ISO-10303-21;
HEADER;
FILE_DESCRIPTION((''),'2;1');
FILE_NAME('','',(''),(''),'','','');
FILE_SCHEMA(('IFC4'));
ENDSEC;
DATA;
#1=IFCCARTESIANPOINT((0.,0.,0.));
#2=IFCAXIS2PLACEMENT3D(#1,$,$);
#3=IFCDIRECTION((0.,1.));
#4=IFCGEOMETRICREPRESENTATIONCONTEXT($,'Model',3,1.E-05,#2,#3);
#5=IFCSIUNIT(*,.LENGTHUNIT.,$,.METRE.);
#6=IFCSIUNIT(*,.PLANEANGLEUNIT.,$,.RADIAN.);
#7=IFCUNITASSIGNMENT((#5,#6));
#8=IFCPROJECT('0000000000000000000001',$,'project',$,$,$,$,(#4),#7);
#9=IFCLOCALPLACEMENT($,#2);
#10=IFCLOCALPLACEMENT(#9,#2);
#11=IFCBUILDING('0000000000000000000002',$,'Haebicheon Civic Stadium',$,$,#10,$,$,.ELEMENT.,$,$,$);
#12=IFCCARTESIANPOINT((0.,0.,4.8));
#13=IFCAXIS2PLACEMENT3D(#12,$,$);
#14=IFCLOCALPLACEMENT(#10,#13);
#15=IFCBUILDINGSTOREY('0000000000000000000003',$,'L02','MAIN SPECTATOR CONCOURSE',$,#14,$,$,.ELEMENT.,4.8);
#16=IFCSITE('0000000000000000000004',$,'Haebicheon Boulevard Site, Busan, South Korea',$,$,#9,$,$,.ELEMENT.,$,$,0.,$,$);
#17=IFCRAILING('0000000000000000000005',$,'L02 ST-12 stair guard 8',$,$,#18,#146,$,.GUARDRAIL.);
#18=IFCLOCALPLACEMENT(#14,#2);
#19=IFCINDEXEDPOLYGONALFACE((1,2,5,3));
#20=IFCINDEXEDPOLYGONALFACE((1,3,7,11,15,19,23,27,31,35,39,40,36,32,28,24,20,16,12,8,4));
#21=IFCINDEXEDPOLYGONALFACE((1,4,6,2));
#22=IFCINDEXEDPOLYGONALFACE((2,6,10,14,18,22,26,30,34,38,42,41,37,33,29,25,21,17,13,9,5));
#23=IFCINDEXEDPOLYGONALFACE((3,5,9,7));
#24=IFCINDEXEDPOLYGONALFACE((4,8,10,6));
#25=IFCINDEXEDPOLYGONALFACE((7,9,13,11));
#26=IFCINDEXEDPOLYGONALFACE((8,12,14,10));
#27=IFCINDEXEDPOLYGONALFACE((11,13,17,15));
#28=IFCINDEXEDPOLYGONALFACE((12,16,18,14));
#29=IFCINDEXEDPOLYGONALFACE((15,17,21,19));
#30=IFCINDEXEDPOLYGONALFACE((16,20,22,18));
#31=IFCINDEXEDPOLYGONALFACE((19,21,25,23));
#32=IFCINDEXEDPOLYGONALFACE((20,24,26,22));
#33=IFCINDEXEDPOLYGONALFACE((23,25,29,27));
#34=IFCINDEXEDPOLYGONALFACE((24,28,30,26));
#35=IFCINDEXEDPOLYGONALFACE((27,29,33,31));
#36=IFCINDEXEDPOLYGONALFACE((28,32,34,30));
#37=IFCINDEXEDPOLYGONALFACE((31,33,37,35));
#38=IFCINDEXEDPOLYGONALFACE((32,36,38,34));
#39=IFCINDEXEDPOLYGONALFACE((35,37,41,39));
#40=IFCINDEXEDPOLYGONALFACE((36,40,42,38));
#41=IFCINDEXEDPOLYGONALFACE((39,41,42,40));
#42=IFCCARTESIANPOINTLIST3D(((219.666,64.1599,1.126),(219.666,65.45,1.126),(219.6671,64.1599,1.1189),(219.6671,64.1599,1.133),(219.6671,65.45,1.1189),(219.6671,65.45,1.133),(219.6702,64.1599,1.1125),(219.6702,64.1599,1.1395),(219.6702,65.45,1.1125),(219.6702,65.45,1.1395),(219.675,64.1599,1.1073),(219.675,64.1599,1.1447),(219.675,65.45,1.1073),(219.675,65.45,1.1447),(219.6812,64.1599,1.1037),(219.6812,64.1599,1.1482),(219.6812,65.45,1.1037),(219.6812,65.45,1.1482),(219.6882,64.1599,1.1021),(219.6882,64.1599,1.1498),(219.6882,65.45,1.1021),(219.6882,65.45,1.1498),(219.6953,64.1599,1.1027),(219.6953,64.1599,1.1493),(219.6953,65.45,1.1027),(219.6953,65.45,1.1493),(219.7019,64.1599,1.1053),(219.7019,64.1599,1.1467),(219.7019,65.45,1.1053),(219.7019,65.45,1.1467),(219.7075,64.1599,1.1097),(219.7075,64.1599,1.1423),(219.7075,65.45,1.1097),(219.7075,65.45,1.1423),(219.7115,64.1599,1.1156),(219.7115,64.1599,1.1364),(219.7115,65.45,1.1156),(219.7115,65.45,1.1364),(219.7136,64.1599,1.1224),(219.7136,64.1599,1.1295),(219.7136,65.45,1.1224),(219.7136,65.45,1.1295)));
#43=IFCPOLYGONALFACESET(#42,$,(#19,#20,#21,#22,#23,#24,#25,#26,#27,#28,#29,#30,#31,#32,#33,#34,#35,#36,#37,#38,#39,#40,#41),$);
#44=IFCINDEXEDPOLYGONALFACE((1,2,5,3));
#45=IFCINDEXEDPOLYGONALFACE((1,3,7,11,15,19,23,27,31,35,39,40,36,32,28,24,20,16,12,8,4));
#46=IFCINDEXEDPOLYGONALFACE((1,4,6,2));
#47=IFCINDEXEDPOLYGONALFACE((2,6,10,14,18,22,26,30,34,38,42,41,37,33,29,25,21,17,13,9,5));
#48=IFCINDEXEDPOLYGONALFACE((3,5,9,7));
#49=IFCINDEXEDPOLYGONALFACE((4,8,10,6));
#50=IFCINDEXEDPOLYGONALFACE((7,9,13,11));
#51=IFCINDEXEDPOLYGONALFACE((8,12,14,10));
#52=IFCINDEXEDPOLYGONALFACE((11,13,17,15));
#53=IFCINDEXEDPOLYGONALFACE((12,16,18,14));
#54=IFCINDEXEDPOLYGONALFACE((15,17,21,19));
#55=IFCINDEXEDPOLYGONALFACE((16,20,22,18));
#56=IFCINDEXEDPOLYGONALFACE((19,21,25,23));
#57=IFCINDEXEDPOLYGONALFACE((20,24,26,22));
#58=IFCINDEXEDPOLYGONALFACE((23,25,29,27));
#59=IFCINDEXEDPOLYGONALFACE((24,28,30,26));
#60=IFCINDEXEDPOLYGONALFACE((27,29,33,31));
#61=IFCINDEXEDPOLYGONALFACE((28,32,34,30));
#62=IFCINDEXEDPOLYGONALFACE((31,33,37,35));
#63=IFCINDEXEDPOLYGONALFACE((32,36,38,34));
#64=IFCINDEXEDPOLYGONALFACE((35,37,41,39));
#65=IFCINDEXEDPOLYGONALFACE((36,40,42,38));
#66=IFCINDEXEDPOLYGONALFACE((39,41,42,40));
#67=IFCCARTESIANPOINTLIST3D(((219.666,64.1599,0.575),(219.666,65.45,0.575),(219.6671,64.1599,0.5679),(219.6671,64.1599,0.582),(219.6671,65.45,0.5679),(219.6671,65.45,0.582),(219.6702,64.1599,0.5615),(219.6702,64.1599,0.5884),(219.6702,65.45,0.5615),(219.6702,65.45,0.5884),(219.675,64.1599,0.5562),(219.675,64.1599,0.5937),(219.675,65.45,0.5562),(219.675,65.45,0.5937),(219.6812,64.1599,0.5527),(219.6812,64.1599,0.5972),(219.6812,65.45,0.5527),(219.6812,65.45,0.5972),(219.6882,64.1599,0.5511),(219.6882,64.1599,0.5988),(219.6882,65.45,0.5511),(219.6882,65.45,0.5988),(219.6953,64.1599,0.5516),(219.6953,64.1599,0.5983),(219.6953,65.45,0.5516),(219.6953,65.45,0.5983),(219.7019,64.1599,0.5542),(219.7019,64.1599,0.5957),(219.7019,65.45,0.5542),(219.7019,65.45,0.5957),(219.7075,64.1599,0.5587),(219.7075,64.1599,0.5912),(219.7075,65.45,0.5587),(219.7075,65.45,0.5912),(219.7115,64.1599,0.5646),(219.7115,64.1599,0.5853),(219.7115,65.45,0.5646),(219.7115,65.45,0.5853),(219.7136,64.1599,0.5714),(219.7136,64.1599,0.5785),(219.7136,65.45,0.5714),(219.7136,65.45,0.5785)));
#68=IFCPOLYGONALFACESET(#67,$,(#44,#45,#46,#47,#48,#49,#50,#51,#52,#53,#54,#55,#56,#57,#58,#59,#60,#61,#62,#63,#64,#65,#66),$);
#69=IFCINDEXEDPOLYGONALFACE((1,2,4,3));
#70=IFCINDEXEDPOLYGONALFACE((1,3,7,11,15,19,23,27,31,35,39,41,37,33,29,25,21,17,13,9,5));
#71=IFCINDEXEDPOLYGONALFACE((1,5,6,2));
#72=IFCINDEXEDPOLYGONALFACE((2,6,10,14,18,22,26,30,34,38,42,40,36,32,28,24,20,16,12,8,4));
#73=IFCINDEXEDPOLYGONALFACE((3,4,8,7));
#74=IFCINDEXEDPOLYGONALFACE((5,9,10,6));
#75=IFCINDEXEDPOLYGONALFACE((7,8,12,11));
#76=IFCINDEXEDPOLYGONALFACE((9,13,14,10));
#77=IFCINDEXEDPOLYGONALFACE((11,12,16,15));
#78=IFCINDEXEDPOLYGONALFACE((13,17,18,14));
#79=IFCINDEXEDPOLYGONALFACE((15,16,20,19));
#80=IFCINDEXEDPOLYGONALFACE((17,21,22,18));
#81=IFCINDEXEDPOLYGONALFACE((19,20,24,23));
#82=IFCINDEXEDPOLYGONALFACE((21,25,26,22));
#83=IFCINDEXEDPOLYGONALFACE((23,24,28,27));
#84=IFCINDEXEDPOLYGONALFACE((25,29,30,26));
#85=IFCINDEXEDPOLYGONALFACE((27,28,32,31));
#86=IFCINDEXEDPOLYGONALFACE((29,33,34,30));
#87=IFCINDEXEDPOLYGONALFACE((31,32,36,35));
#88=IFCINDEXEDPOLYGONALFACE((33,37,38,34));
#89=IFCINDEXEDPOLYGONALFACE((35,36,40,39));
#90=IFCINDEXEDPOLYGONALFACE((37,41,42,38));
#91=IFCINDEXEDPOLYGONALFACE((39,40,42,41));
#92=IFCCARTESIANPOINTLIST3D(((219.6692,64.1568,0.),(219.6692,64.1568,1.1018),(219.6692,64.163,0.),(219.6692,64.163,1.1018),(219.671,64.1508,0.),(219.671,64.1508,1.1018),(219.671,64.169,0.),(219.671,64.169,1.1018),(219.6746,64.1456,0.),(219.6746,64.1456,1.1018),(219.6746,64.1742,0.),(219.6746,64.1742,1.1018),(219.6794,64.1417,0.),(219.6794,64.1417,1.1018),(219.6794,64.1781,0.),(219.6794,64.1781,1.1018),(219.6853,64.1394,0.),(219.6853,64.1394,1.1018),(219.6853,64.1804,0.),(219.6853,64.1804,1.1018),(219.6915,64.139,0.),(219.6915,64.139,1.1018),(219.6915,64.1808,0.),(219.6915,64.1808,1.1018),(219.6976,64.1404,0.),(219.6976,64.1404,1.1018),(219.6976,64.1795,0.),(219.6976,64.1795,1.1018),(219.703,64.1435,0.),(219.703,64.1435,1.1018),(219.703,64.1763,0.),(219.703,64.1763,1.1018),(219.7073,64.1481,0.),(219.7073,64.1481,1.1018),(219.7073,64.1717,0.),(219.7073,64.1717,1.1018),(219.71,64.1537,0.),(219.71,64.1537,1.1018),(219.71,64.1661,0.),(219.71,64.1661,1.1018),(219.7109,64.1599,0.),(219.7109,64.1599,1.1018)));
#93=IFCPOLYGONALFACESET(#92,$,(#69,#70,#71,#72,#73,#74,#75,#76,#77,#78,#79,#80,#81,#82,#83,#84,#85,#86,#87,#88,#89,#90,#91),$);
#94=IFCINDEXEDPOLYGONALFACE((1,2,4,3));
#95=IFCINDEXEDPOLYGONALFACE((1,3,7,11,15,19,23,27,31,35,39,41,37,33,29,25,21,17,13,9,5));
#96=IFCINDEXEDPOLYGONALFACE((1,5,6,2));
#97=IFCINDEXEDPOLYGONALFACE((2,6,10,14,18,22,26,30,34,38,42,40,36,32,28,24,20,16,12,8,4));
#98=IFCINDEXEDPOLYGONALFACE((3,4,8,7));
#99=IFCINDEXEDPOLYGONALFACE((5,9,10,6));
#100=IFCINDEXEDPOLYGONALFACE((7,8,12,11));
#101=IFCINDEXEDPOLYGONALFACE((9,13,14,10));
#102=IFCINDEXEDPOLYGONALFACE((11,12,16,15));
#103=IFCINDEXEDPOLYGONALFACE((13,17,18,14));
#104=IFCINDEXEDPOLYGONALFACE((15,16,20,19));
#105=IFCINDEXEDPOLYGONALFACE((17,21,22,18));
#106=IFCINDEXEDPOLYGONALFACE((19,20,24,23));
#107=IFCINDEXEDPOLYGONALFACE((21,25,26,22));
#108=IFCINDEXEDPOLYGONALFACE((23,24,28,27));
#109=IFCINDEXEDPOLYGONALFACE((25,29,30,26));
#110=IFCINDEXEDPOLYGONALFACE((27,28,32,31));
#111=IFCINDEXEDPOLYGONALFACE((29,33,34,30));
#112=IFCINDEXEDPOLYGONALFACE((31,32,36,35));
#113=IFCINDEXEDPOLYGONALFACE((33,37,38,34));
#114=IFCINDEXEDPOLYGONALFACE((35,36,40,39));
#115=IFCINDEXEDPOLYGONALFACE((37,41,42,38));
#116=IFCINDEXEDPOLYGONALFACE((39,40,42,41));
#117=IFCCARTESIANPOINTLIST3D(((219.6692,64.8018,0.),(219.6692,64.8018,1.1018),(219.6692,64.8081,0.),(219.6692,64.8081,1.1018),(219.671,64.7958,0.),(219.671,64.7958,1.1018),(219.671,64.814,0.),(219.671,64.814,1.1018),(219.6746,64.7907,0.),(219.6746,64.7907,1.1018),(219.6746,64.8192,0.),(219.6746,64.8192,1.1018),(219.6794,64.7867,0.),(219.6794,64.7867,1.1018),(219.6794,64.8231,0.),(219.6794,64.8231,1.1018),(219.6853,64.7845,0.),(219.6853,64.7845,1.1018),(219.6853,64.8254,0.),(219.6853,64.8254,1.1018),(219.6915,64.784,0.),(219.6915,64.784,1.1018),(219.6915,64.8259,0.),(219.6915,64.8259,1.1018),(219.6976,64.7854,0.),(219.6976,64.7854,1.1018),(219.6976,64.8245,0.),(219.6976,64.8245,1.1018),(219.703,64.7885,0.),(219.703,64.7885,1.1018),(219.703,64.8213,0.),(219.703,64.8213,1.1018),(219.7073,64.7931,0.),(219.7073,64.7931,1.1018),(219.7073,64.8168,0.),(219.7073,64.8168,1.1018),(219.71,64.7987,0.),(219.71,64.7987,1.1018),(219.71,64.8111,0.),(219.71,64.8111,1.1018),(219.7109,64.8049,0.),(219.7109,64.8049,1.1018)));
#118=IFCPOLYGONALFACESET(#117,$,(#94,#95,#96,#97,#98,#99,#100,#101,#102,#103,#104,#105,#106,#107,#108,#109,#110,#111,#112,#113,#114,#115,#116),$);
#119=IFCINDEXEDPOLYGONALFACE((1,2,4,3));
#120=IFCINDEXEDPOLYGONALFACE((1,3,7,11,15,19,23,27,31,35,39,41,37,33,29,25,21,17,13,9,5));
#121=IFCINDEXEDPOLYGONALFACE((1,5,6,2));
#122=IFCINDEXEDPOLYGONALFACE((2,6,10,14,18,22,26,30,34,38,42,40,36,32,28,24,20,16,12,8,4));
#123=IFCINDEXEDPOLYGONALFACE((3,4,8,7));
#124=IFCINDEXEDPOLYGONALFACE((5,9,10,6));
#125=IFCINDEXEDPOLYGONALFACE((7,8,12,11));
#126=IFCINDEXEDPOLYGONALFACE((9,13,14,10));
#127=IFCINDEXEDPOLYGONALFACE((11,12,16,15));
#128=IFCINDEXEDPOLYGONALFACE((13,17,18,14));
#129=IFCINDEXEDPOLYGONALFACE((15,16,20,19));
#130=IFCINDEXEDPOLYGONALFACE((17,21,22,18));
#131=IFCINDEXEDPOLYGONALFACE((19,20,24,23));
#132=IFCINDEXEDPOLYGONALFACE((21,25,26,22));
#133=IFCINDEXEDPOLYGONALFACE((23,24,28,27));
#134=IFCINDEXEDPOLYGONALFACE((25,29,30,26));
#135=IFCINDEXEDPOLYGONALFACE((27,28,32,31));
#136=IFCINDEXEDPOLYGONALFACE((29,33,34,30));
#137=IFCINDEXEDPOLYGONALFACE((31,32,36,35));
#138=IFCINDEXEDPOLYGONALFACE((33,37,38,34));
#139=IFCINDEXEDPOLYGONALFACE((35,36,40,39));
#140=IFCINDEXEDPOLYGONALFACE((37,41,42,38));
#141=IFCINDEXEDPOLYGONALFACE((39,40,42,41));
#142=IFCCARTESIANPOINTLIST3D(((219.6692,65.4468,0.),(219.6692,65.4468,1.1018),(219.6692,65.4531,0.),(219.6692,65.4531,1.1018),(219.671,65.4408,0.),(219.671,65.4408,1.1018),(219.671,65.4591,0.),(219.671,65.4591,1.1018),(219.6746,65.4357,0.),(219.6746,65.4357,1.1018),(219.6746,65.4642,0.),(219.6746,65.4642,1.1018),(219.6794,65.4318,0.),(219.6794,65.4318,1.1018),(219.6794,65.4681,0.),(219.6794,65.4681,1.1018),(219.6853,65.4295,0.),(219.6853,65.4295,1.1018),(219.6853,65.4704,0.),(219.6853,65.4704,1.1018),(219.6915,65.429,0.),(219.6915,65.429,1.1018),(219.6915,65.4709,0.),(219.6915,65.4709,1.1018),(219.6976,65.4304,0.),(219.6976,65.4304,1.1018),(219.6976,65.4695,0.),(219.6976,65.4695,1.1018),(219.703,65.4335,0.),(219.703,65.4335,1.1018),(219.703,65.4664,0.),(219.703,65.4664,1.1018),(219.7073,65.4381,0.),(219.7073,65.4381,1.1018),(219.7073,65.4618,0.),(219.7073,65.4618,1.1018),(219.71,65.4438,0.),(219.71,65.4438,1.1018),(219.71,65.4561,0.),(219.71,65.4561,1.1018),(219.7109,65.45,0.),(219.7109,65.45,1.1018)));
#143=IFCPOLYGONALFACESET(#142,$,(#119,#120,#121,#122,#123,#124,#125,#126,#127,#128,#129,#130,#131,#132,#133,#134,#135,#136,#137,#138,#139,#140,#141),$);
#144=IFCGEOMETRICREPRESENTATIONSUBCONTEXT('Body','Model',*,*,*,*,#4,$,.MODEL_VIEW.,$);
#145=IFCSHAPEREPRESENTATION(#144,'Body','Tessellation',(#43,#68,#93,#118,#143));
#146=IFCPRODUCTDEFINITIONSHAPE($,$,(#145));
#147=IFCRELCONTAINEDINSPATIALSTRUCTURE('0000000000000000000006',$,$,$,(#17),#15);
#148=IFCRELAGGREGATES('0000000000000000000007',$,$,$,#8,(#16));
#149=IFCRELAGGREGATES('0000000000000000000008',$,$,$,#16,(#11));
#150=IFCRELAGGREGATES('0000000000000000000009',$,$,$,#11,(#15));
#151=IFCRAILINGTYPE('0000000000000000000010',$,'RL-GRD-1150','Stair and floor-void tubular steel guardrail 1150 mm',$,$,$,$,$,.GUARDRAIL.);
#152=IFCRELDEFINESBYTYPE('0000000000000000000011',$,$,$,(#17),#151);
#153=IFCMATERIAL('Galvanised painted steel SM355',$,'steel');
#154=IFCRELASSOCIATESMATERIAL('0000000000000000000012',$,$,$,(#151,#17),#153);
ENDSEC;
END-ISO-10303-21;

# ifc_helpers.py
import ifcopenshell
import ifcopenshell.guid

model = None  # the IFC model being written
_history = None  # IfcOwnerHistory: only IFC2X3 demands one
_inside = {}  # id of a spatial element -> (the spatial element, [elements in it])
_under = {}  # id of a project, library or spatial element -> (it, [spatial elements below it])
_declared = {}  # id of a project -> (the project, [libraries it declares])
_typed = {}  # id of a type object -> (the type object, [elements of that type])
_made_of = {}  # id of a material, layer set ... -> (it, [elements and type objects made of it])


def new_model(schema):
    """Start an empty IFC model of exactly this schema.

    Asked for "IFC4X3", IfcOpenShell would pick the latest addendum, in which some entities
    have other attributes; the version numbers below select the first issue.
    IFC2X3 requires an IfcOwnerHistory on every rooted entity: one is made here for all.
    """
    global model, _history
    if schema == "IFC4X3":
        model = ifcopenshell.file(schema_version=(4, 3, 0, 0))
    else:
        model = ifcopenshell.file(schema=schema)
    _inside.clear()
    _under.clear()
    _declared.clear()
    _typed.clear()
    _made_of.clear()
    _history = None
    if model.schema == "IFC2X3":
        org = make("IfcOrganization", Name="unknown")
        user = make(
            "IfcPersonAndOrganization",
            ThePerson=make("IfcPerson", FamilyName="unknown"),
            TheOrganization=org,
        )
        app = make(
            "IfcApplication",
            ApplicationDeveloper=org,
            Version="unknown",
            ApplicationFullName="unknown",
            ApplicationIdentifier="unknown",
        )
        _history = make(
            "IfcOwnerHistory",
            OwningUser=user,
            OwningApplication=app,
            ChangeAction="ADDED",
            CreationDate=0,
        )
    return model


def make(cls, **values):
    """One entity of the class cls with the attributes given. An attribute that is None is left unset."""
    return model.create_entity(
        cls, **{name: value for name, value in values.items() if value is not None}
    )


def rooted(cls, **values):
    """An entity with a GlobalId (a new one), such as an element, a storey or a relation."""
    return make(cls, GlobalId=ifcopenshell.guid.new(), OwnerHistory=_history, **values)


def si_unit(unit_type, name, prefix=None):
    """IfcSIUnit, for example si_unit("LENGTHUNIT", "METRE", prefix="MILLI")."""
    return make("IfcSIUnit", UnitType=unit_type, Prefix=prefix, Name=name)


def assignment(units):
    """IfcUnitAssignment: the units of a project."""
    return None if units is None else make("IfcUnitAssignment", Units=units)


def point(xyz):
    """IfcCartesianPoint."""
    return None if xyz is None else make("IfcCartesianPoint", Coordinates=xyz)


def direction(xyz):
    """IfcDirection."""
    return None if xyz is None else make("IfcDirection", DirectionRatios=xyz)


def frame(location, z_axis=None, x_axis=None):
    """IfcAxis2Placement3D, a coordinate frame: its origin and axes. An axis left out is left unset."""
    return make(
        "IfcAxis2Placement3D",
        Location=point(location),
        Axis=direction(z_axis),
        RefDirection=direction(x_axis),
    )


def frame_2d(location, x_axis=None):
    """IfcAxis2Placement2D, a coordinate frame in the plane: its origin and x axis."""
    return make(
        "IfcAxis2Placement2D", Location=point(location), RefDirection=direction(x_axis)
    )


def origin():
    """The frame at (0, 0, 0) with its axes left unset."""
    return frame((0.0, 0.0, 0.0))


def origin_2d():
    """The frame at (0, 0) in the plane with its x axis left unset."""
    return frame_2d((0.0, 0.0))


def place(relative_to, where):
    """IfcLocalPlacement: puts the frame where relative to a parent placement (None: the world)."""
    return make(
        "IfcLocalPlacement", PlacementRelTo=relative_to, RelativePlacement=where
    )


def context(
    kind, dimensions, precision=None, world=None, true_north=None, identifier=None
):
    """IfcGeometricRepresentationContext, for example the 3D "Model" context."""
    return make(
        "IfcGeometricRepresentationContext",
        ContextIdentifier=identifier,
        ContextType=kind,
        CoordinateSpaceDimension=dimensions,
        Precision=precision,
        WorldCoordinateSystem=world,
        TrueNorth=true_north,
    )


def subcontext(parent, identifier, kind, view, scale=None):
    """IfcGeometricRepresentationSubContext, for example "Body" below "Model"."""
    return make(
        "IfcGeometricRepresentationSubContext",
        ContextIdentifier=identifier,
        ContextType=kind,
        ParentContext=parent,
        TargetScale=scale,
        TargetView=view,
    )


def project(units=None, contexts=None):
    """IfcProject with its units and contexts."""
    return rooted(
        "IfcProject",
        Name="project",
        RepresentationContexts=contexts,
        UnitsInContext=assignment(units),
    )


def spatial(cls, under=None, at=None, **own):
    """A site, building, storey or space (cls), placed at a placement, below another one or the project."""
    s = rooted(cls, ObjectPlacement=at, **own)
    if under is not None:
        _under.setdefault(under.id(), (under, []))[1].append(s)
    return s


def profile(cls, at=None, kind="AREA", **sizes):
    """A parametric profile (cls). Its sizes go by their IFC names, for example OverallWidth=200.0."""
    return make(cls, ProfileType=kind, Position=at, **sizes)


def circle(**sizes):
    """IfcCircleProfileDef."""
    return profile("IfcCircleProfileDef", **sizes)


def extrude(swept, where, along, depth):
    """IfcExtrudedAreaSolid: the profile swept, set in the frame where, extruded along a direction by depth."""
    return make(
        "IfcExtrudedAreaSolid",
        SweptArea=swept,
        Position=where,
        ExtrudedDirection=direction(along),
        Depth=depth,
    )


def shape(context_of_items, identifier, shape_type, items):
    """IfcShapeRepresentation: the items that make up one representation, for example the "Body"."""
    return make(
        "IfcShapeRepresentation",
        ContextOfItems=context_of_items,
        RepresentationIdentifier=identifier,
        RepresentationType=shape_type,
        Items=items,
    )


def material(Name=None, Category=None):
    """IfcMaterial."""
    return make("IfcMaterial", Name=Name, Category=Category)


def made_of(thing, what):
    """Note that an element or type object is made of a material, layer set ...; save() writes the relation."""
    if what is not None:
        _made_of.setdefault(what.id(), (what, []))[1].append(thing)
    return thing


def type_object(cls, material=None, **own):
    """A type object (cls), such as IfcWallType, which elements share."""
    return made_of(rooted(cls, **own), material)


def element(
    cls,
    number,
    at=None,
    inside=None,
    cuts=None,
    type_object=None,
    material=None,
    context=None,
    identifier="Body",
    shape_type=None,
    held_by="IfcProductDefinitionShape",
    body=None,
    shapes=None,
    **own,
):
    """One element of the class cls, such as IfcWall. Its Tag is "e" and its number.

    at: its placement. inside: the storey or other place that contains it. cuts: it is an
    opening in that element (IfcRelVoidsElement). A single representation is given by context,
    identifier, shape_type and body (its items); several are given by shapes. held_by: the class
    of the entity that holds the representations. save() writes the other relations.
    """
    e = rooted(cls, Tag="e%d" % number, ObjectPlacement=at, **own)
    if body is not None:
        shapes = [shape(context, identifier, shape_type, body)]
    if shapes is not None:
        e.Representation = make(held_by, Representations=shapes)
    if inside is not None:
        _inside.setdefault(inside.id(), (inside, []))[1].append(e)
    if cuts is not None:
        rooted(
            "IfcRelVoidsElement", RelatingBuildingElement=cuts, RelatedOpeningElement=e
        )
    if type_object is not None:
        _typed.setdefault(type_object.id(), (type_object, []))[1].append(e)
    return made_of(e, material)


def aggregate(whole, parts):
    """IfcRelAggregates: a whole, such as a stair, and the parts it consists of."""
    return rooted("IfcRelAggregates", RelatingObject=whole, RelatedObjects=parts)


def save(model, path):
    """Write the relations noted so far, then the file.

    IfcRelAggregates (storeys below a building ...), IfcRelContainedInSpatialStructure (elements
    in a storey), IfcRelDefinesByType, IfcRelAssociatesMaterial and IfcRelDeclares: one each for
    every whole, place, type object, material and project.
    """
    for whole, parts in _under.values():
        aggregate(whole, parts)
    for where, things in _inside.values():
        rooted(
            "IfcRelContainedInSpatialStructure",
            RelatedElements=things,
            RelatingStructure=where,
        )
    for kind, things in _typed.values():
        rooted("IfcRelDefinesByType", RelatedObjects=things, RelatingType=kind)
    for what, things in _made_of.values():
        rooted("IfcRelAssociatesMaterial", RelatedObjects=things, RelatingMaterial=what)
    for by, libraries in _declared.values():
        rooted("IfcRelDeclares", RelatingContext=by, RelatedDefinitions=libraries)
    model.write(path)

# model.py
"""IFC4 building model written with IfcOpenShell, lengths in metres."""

from ifc_helpers import new_model, si_unit, direction, frame, origin, origin_2d, place, context, subcontext, project, spatial, circle, extrude, material, type_object, element, save


model = new_model("IFC4")

# Units and contexts
model_context = context("Model", 3, precision=1e-05, world=origin(), true_north=direction((0.0, 1.0)))
body_context = subcontext(model_context, "Body", "Model", "MODEL_VIEW")
ifc_project = project(units=[si_unit("LENGTHUNIT", "METRE"), si_unit("PLANEANGLEUNIT", "RADIAN")], contexts=[model_context])

# Site, building, storey
site_placement = place(None, origin())
site = spatial("IfcSite", under=ifc_project, at=site_placement, Name="Haebicheon Boulevard Site, Busan, South Korea", CompositionType="ELEMENT", RefElevation=0.0)
building_placement = place(site_placement, origin())
building = spatial("IfcBuilding", under=site, at=building_placement, Name="Haebicheon Civic Stadium", CompositionType="ELEMENT")
storey_placement = place(building_placement, frame((0.0, 0.0, 4.8)))
storey = spatial("IfcBuildingStorey", under=building, at=storey_placement, Name="L02", Description="MAIN SPECTATOR CONCOURSE", CompositionType="ELEMENT", Elevation=4.8)

# Railing
ifc_material_1 = material(Name="Galvanised painted steel SM355", Category="steel")
railing_type_1 = type_object("IfcRailingType", Name="RL-GRD-1150", Description="Stair and floor-void tubular steel guardrail 1150 mm", PredefinedType="GUARDRAIL", material=ifc_material_1)
railing_1_placement = place(storey_placement, frame((219.6899, 64.1599, 0.0)))
element("IfcRailing", 1, at=railing_1_placement, inside=storey, type_object=railing_type_1, material=ifc_material_1, Name="L02 ST-12 stair guard 8", PredefinedType="GUARDRAIL", context=body_context, shape_type="SweptSolid", body=[
    extrude(circle(Radius=0.0239, at=origin_2d()), frame((0.0, 0.0, 1.126), z_axis=(0.0, 1.0, 0.0), x_axis=(-1.0, 0.0, 0.0)), (0.0, 0.0, 1.0), 1.29),
    extrude(circle(Radius=0.0239, at=origin_2d()), frame((0.0, 0.0, 0.575), z_axis=(0.0, 1.0, 0.0), x_axis=(-1.0, 0.0, 0.0)), (0.0, 0.0, 1.0), 1.29),
    extrude(circle(Radius=0.021, at=origin_2d()), origin(), (0.0, 0.0, 1.0), 1.1018),
    extrude(circle(Radius=0.021, at=origin_2d()), frame((0.0, 0.645, 0.0)), (0.0, 0.0, 1.0), 1.1018),
    extrude(circle(Radius=0.021, at=origin_2d()), frame((0.0, 1.29, 0.0)), (0.0, 0.0, 1.0), 1.1018),
])

save(model, "model.ifc")
